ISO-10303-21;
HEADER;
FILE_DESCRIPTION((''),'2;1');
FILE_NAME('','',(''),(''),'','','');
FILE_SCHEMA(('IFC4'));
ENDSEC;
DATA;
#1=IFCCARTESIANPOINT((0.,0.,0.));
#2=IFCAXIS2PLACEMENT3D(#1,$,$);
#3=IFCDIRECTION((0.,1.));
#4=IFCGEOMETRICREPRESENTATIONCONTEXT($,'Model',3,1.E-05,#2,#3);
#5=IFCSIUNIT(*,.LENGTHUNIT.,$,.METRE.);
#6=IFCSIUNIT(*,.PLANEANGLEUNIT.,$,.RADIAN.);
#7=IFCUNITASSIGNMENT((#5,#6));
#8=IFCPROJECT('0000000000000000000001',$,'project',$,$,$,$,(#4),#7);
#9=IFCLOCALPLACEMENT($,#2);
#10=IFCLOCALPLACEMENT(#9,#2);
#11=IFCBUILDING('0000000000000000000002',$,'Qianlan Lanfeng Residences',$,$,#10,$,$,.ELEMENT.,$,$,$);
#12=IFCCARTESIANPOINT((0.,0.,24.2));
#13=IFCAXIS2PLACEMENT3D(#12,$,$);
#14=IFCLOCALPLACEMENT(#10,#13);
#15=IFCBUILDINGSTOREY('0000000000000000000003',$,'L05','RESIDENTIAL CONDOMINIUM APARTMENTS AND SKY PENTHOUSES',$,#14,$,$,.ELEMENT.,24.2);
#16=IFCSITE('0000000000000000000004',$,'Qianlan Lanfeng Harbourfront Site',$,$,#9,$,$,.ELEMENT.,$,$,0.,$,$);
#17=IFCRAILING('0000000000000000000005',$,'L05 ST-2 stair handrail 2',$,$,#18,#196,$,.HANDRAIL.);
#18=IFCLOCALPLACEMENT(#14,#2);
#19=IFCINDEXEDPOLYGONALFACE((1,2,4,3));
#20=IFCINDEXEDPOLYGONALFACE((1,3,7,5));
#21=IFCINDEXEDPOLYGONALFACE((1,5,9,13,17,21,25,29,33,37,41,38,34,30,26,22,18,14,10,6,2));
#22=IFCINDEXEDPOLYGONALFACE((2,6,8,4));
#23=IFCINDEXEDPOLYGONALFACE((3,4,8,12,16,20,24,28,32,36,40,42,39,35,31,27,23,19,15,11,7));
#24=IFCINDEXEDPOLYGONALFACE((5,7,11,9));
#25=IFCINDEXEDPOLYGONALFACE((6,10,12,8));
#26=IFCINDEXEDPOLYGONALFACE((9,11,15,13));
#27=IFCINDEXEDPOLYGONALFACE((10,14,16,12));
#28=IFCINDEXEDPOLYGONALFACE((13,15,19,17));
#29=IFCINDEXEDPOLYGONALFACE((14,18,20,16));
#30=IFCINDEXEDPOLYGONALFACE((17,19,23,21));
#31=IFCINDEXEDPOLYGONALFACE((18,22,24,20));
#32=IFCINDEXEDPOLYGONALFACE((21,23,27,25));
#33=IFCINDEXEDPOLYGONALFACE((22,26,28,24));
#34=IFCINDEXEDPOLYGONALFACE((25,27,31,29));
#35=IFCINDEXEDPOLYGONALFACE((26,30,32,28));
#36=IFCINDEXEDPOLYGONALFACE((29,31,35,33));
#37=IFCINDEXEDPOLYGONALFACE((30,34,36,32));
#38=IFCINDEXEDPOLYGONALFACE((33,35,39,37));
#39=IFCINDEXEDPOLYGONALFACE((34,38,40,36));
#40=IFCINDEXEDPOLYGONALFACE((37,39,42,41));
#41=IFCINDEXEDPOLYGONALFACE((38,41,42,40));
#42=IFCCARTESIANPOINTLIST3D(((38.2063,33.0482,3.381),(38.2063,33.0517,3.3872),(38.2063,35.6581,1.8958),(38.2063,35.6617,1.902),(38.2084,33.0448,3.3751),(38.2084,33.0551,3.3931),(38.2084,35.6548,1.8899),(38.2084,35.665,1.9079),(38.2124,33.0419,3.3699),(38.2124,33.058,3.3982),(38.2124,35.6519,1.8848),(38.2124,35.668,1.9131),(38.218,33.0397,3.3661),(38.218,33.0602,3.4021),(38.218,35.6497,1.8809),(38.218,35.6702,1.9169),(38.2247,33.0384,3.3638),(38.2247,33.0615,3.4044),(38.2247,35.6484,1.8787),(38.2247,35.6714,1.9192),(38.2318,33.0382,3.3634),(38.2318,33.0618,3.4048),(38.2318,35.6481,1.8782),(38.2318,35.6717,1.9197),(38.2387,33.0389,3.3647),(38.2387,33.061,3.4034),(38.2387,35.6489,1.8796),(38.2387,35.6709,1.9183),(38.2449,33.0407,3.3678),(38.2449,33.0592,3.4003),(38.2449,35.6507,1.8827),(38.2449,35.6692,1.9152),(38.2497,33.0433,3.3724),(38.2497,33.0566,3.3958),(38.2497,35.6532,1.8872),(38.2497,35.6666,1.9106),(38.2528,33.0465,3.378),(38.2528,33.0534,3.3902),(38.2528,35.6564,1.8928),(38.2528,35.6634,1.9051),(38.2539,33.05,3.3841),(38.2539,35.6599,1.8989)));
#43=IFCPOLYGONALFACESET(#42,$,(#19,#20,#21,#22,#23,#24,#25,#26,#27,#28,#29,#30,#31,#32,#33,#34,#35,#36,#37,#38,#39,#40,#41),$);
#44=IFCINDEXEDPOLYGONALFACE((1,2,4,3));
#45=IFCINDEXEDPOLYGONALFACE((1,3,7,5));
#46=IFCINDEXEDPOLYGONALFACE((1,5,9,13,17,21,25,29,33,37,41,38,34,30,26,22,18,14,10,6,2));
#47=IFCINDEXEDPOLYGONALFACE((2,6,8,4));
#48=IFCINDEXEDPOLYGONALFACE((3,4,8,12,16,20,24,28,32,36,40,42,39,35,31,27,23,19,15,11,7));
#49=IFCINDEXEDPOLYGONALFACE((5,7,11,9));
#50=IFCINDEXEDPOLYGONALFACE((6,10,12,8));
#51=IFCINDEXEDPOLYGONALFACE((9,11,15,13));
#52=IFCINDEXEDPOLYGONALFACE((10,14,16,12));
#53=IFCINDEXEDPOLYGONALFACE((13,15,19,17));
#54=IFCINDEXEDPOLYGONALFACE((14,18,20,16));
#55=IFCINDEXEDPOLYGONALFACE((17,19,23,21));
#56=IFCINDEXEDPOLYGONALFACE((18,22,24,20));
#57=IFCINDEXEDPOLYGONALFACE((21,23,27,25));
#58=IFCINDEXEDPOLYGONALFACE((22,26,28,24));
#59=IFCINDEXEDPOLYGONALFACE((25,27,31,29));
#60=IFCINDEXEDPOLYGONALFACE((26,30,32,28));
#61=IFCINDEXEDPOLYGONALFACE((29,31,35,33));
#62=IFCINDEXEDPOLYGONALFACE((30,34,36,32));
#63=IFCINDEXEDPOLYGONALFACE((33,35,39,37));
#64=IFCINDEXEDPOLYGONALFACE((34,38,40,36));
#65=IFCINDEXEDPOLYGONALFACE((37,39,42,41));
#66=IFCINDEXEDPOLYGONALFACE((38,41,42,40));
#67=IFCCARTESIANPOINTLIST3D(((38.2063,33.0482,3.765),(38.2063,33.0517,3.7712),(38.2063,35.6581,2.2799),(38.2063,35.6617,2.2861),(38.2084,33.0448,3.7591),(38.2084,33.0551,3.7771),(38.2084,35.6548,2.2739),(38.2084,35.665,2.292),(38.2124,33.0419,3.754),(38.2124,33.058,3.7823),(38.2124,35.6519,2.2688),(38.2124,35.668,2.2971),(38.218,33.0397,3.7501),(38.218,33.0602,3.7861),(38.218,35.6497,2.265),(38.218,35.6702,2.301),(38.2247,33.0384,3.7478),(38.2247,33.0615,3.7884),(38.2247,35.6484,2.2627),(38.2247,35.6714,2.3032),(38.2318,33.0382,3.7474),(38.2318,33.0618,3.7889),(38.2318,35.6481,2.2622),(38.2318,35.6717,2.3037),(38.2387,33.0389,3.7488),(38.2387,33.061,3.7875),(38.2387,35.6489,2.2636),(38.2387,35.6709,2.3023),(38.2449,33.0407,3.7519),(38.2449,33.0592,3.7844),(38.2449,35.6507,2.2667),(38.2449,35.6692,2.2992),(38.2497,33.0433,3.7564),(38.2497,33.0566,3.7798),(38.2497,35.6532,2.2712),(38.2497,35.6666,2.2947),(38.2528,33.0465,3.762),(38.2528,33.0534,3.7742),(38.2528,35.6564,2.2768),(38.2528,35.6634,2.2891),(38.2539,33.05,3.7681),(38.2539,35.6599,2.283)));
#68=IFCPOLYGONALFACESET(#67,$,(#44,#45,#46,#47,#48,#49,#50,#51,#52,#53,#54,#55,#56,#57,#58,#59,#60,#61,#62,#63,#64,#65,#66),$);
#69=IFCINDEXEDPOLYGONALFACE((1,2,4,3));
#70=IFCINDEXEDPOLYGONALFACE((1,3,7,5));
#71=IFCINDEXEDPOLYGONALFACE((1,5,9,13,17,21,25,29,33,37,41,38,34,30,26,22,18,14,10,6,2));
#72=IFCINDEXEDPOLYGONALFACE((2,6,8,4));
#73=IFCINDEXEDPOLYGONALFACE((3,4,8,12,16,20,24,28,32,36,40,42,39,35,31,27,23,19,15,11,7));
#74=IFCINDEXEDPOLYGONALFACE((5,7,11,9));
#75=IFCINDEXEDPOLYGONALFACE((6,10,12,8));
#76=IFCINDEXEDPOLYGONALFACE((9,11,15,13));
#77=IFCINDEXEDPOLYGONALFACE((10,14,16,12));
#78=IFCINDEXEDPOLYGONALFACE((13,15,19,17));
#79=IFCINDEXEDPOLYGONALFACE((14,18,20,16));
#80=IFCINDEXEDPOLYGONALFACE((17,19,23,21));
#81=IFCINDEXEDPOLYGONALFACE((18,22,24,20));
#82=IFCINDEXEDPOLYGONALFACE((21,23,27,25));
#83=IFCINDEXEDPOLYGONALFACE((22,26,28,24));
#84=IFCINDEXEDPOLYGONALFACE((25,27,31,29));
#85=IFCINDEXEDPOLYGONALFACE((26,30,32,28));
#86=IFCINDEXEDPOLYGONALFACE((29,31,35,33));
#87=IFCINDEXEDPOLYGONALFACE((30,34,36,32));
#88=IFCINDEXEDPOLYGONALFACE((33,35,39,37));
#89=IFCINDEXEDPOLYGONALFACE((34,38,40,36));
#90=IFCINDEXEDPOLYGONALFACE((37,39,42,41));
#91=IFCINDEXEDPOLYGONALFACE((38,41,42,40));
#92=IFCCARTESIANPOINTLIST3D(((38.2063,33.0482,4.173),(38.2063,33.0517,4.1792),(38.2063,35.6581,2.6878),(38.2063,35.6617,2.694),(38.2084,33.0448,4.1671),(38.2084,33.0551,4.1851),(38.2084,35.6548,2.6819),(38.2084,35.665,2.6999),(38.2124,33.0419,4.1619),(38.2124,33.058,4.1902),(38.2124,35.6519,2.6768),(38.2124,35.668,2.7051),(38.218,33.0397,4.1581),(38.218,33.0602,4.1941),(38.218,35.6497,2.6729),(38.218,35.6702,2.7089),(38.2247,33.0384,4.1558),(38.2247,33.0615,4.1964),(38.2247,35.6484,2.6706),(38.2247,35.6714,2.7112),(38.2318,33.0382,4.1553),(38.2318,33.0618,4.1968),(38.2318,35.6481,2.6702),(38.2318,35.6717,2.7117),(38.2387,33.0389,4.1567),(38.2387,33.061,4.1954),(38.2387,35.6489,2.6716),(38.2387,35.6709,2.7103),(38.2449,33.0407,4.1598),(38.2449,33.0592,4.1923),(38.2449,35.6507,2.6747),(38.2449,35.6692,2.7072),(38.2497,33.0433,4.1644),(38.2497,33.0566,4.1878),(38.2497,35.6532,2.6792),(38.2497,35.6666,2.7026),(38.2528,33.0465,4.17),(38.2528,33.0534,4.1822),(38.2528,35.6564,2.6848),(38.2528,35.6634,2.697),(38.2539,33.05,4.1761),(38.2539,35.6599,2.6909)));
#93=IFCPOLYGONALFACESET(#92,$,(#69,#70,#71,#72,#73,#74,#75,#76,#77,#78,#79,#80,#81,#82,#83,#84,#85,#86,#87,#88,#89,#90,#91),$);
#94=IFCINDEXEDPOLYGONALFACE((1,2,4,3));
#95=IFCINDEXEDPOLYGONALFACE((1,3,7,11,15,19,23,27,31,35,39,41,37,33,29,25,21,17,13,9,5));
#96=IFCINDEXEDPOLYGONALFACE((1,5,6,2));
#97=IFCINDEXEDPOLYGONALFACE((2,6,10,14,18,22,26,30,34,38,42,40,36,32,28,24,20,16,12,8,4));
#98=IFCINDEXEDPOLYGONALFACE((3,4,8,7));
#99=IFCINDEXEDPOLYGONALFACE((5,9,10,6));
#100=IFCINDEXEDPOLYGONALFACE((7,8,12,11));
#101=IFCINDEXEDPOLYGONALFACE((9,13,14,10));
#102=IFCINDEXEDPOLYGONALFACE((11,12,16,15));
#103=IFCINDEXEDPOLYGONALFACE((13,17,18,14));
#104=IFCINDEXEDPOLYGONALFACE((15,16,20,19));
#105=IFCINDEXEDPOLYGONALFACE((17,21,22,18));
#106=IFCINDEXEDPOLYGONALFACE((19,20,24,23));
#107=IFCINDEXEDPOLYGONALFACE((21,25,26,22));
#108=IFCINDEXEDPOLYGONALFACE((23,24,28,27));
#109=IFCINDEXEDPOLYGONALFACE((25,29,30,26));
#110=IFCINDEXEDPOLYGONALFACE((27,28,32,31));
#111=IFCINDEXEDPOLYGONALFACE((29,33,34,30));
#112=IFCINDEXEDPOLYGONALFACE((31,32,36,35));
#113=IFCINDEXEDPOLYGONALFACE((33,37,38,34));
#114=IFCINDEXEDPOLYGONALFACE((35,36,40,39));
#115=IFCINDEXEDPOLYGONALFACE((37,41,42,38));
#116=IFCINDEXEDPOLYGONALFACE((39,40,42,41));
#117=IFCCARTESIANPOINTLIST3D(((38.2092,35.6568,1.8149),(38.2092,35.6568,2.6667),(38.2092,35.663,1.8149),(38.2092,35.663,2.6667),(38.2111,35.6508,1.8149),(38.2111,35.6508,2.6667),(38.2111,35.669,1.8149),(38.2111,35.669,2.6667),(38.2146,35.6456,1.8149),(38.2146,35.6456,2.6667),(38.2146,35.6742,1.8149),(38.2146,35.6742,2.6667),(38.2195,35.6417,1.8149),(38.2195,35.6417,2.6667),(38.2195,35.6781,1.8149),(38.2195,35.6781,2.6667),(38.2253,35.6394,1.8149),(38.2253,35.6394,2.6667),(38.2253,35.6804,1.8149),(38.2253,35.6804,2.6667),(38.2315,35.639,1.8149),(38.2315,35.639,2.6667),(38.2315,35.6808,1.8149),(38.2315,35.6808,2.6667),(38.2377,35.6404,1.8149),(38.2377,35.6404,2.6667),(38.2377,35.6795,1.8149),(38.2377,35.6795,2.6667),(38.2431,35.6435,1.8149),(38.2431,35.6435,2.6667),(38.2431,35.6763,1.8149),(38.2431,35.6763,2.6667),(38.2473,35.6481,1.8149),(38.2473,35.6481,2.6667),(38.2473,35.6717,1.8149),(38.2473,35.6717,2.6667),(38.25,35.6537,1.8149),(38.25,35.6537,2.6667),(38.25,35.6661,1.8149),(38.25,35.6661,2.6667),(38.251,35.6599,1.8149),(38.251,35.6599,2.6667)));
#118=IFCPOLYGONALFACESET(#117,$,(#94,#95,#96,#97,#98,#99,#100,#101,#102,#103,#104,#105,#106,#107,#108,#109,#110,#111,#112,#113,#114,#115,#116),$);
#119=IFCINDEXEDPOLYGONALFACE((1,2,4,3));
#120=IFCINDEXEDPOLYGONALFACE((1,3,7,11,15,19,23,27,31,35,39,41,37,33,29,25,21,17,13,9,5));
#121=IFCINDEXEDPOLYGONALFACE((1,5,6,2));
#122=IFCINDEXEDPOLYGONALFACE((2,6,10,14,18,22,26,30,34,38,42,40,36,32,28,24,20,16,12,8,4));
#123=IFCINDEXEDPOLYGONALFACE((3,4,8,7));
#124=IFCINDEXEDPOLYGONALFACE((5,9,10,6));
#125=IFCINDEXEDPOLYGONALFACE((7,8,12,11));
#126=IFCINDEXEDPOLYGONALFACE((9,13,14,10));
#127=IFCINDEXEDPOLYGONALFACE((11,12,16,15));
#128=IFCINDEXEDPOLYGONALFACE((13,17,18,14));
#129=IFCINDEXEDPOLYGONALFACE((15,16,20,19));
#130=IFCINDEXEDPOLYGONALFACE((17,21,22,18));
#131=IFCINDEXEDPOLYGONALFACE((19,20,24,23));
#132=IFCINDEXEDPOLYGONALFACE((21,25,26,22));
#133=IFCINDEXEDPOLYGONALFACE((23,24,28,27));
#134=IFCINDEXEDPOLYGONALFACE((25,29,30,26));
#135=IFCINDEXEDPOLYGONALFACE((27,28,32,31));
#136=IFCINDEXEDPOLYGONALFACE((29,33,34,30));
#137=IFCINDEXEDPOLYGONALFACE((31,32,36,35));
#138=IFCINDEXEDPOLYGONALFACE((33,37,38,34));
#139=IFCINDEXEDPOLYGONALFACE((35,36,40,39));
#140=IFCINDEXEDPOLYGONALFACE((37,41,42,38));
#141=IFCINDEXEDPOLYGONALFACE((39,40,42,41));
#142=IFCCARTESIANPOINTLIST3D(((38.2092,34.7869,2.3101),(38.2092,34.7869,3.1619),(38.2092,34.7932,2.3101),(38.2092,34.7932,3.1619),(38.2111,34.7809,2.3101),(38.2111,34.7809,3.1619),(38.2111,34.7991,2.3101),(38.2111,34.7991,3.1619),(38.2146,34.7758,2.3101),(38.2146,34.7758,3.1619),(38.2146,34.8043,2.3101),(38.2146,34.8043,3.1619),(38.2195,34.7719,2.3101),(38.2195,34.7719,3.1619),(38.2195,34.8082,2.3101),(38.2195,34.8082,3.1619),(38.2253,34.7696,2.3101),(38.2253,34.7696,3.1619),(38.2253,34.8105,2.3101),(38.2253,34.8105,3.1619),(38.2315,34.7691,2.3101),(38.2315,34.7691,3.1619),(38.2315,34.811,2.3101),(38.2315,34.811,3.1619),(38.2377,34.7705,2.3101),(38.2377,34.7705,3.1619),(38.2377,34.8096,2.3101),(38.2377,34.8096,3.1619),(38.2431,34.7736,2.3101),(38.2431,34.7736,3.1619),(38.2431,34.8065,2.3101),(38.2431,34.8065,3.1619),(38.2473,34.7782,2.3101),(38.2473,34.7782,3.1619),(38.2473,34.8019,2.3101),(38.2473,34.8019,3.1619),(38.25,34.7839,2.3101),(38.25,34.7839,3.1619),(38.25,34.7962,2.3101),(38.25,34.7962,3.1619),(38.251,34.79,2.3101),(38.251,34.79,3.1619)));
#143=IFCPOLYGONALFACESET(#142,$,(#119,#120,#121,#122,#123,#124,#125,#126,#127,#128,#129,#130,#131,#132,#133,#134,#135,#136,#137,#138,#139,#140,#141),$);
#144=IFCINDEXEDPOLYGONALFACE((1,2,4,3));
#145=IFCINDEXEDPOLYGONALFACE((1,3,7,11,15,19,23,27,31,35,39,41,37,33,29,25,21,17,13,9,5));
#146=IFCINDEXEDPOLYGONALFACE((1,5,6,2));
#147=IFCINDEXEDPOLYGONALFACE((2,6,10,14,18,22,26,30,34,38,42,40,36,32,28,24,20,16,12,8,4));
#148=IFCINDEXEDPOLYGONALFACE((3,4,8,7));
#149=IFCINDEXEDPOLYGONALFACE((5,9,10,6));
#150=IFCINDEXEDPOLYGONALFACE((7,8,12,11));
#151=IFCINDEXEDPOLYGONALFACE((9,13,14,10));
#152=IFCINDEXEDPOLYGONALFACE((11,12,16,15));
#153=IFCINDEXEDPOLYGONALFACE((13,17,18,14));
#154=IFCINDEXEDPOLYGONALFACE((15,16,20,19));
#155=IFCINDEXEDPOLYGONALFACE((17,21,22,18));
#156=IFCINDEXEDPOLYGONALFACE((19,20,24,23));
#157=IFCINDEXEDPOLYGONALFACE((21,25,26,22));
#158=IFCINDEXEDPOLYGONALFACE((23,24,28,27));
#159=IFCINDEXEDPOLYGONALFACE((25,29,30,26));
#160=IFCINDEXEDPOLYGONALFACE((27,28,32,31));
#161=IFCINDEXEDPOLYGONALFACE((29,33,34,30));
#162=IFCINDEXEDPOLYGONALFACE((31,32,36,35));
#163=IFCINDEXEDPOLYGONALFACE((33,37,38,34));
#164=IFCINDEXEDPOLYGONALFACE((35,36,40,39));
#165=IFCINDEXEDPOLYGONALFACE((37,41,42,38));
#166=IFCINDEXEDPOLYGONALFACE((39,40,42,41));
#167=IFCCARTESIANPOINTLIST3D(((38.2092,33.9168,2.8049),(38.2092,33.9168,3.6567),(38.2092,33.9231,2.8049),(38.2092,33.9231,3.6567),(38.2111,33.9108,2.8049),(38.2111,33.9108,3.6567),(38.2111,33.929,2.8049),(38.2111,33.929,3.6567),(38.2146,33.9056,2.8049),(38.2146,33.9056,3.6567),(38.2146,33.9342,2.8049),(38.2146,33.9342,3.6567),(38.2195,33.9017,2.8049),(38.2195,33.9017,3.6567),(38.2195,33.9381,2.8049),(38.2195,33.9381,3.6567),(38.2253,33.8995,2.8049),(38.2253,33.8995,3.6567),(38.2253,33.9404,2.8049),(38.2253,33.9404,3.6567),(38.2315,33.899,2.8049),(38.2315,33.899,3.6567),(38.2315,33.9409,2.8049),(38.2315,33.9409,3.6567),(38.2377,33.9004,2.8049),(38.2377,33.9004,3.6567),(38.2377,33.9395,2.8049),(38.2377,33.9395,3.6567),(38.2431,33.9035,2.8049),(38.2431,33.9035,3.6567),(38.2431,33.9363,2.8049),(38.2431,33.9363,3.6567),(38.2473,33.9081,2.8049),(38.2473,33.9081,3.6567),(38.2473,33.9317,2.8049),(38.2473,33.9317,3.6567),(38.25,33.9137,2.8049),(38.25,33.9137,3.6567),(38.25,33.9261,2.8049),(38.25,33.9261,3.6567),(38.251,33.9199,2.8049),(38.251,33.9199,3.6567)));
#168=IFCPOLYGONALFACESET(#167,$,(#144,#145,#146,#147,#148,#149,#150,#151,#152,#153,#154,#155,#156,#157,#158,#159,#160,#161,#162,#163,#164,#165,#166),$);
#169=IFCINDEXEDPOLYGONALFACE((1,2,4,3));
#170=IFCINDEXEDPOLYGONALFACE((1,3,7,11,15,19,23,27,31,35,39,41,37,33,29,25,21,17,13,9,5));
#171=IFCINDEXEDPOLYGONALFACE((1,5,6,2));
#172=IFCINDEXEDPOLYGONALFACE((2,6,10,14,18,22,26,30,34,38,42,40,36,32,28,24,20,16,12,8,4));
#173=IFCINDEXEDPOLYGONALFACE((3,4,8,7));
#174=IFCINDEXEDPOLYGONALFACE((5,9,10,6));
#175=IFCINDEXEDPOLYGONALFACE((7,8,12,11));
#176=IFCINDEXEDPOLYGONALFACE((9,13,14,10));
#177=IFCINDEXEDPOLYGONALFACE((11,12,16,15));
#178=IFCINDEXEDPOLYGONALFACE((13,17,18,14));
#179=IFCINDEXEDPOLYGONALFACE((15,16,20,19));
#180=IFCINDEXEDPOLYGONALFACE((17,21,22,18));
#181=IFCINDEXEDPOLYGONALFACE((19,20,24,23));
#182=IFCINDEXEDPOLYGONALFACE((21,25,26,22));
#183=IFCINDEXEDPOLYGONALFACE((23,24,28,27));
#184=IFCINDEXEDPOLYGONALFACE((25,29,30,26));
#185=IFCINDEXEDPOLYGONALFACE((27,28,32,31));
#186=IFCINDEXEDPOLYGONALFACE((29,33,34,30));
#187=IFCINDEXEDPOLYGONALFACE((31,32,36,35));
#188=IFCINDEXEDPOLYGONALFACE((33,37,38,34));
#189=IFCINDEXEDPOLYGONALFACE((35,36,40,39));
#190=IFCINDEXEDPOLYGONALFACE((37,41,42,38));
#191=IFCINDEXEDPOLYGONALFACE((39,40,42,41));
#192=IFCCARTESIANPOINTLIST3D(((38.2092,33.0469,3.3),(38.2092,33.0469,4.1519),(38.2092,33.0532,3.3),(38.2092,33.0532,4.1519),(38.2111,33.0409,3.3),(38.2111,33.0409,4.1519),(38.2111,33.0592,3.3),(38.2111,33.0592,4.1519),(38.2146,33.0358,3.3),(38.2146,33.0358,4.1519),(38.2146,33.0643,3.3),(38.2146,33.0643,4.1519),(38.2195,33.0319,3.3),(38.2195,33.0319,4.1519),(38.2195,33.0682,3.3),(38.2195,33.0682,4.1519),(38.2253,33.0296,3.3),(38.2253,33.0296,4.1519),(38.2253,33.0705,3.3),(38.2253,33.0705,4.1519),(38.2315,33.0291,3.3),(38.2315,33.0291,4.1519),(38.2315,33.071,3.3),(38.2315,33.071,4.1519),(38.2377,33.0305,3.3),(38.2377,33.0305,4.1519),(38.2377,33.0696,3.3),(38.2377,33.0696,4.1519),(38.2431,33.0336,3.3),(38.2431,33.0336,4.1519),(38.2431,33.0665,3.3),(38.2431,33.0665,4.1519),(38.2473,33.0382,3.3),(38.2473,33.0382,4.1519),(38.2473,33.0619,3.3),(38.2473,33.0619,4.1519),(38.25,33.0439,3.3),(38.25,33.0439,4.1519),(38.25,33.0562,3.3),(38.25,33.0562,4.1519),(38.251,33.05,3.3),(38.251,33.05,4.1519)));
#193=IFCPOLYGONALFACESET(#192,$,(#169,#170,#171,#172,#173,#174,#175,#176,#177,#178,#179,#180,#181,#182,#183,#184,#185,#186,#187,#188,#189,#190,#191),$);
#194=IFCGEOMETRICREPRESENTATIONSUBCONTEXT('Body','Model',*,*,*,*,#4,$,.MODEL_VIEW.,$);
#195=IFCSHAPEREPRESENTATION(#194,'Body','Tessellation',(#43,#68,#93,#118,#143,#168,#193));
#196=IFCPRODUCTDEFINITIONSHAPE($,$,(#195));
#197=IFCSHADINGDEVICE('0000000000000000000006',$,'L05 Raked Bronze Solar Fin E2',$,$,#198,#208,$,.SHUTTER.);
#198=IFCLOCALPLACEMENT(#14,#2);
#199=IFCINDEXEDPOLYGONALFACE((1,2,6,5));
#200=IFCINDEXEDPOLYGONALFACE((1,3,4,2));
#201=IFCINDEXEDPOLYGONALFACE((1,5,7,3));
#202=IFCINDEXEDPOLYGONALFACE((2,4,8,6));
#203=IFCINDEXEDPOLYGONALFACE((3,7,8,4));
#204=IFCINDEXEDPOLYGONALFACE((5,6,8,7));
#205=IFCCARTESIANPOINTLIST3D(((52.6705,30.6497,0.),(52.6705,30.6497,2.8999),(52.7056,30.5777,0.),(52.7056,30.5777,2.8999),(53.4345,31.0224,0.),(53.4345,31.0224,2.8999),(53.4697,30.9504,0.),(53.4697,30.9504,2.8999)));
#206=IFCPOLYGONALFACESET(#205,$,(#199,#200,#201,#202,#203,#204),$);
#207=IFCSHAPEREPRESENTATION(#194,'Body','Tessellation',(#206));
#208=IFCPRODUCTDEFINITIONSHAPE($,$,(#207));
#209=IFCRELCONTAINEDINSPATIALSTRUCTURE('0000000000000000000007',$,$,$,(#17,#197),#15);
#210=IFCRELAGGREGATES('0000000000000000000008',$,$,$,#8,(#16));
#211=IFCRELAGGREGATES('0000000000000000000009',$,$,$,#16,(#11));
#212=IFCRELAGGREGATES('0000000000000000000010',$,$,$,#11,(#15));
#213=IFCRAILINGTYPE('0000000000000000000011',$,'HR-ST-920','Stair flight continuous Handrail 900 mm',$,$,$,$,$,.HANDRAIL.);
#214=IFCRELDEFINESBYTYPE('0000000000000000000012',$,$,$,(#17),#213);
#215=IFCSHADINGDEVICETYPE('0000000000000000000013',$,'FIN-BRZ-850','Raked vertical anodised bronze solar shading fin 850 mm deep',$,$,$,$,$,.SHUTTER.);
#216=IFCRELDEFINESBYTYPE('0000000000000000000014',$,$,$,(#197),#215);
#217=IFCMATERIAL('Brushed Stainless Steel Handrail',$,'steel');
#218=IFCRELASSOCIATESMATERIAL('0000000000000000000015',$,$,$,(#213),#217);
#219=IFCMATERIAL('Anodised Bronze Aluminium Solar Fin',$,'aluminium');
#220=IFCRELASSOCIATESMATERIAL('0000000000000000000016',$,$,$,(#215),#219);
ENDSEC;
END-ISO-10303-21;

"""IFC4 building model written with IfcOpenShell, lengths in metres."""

from ifc_helpers import new_model, si_unit, direction, frame, origin, origin_2d, place, context, subcontext, project, spatial, rectangle, circle, extrude, source, transform, mapped, material, type_object, element, save


model = new_model("IFC4")

# Units and contexts
model_context = context("Model", 3, precision=1e-05, world=origin(), true_north=direction((0.0, 1.0)))
body_context = subcontext(model_context, "Body", "Model", "MODEL_VIEW")
ifc_project = project(units=[si_unit("LENGTHUNIT", "METRE"), si_unit("PLANEANGLEUNIT", "RADIAN")], contexts=[model_context])

# Site, building, storey
site_placement = place(None, origin())
site = spatial("IfcSite", under=ifc_project, at=site_placement, Name="Qianlan Lanfeng Harbourfront Site", CompositionType="ELEMENT", RefElevation=0.0)
building_placement = place(site_placement, origin())
building = spatial("IfcBuilding", under=site, at=building_placement, Name="Qianlan Lanfeng Residences", CompositionType="ELEMENT")
storey_placement = place(building_placement, frame((0.0, 0.0, 24.2)))
storey = spatial("IfcBuildingStorey", under=building, at=storey_placement, Name="L05", Description="RESIDENTIAL CONDOMINIUM APARTMENTS AND SKY PENTHOUSES", CompositionType="ELEMENT", Elevation=24.2)

# Railing
ifc_material_1 = material(Name="Brushed Stainless Steel Handrail", Category="steel")
railing_type_1 = type_object("IfcRailingType", Name="HR-ST-920", Description="Stair flight continuous Handrail 900 mm", PredefinedType="HANDRAIL", material=ifc_material_1)
railing_1_placement = place(storey_placement, frame((38.23, 35.6599, 1.8149)))
element("IfcRailing", 1, at=railing_1_placement, inside=storey, type_object=railing_type_1, Name="L05 ST-2 stair handrail 2", PredefinedType="HANDRAIL", context=body_context, shape_type="SweptSolid", body=[
    extrude(circle(Radius=0.0239, at=origin_2d()), frame((0.0, 0.0, 0.084), z_axis=(0.0, -0.869137, 0.494571), x_axis=(1.0, 0.0, 0.0)), (0.0, 0.0, 1.0), 3.0029),
    extrude(circle(Radius=0.0239, at=origin_2d()), frame((0.0, 0.0, 0.468), z_axis=(0.0, -0.869137, 0.494571), x_axis=(1.0, 0.0, 0.0)), (0.0, 0.0, 1.0), 3.0029),
    extrude(circle(Radius=0.0239, at=origin_2d()), frame((0.0, 0.0, 0.876), z_axis=(0.0, -0.869137, 0.494571), x_axis=(1.0, 0.0, 0.0)), (0.0, 0.0, 1.0), 3.0029),
    extrude(circle(Radius=0.021, at=origin_2d()), origin(), (0.0, 0.0, 1.0), 0.8518),
    extrude(circle(Radius=0.021, at=origin_2d()), frame((0.0, -0.8699, 0.4951)), (0.0, 0.0, 1.0), 0.8518),
    extrude(circle(Radius=0.021, at=origin_2d()), frame((0.0, -1.74, 0.99)), (0.0, 0.0, 1.0), 0.8518),
    extrude(circle(Radius=0.021, at=origin_2d()), frame((0.0, -2.6099, 1.4851)), (0.0, 0.0, 1.0), 0.8518),
])

# Shading device
ifc_material_2 = material(Name="Anodised Bronze Aluminium Solar Fin", Category="aluminium")
shading_device_type = type_object("IfcShadingDeviceType", Name="FIN-BRZ-850", Description="Raked vertical anodised bronze solar shading fin 850 mm deep", PredefinedType="SHUTTER", material=ifc_material_2)
shared_shape_1 = source(origin(), body_context, "Body", "SweptSolid", [
    extrude(rectangle(XDim=0.8501, YDim=0.0801, at=origin_2d()), origin(), (0.0, 0.0, 1.0), 2.8999),
])
shading_device_placement = place(storey_placement, frame((53.0701, 30.8, 0.0), z_axis=(0.0, 0.0, 1.0), x_axis=(0.898794, 0.438371, 0.0)))
element("IfcShadingDevice", 2, at=shading_device_placement, inside=storey, type_object=shading_device_type, Name="L05 Raked Bronze Solar Fin E2", PredefinedType="SHUTTER", context=body_context, shape_type="MappedRepresentation", body=[
    mapped(shared_shape_1, transform((0.0, 0.0, 0.0), scale=1.0)),
])

save(model, "model.ifc")
